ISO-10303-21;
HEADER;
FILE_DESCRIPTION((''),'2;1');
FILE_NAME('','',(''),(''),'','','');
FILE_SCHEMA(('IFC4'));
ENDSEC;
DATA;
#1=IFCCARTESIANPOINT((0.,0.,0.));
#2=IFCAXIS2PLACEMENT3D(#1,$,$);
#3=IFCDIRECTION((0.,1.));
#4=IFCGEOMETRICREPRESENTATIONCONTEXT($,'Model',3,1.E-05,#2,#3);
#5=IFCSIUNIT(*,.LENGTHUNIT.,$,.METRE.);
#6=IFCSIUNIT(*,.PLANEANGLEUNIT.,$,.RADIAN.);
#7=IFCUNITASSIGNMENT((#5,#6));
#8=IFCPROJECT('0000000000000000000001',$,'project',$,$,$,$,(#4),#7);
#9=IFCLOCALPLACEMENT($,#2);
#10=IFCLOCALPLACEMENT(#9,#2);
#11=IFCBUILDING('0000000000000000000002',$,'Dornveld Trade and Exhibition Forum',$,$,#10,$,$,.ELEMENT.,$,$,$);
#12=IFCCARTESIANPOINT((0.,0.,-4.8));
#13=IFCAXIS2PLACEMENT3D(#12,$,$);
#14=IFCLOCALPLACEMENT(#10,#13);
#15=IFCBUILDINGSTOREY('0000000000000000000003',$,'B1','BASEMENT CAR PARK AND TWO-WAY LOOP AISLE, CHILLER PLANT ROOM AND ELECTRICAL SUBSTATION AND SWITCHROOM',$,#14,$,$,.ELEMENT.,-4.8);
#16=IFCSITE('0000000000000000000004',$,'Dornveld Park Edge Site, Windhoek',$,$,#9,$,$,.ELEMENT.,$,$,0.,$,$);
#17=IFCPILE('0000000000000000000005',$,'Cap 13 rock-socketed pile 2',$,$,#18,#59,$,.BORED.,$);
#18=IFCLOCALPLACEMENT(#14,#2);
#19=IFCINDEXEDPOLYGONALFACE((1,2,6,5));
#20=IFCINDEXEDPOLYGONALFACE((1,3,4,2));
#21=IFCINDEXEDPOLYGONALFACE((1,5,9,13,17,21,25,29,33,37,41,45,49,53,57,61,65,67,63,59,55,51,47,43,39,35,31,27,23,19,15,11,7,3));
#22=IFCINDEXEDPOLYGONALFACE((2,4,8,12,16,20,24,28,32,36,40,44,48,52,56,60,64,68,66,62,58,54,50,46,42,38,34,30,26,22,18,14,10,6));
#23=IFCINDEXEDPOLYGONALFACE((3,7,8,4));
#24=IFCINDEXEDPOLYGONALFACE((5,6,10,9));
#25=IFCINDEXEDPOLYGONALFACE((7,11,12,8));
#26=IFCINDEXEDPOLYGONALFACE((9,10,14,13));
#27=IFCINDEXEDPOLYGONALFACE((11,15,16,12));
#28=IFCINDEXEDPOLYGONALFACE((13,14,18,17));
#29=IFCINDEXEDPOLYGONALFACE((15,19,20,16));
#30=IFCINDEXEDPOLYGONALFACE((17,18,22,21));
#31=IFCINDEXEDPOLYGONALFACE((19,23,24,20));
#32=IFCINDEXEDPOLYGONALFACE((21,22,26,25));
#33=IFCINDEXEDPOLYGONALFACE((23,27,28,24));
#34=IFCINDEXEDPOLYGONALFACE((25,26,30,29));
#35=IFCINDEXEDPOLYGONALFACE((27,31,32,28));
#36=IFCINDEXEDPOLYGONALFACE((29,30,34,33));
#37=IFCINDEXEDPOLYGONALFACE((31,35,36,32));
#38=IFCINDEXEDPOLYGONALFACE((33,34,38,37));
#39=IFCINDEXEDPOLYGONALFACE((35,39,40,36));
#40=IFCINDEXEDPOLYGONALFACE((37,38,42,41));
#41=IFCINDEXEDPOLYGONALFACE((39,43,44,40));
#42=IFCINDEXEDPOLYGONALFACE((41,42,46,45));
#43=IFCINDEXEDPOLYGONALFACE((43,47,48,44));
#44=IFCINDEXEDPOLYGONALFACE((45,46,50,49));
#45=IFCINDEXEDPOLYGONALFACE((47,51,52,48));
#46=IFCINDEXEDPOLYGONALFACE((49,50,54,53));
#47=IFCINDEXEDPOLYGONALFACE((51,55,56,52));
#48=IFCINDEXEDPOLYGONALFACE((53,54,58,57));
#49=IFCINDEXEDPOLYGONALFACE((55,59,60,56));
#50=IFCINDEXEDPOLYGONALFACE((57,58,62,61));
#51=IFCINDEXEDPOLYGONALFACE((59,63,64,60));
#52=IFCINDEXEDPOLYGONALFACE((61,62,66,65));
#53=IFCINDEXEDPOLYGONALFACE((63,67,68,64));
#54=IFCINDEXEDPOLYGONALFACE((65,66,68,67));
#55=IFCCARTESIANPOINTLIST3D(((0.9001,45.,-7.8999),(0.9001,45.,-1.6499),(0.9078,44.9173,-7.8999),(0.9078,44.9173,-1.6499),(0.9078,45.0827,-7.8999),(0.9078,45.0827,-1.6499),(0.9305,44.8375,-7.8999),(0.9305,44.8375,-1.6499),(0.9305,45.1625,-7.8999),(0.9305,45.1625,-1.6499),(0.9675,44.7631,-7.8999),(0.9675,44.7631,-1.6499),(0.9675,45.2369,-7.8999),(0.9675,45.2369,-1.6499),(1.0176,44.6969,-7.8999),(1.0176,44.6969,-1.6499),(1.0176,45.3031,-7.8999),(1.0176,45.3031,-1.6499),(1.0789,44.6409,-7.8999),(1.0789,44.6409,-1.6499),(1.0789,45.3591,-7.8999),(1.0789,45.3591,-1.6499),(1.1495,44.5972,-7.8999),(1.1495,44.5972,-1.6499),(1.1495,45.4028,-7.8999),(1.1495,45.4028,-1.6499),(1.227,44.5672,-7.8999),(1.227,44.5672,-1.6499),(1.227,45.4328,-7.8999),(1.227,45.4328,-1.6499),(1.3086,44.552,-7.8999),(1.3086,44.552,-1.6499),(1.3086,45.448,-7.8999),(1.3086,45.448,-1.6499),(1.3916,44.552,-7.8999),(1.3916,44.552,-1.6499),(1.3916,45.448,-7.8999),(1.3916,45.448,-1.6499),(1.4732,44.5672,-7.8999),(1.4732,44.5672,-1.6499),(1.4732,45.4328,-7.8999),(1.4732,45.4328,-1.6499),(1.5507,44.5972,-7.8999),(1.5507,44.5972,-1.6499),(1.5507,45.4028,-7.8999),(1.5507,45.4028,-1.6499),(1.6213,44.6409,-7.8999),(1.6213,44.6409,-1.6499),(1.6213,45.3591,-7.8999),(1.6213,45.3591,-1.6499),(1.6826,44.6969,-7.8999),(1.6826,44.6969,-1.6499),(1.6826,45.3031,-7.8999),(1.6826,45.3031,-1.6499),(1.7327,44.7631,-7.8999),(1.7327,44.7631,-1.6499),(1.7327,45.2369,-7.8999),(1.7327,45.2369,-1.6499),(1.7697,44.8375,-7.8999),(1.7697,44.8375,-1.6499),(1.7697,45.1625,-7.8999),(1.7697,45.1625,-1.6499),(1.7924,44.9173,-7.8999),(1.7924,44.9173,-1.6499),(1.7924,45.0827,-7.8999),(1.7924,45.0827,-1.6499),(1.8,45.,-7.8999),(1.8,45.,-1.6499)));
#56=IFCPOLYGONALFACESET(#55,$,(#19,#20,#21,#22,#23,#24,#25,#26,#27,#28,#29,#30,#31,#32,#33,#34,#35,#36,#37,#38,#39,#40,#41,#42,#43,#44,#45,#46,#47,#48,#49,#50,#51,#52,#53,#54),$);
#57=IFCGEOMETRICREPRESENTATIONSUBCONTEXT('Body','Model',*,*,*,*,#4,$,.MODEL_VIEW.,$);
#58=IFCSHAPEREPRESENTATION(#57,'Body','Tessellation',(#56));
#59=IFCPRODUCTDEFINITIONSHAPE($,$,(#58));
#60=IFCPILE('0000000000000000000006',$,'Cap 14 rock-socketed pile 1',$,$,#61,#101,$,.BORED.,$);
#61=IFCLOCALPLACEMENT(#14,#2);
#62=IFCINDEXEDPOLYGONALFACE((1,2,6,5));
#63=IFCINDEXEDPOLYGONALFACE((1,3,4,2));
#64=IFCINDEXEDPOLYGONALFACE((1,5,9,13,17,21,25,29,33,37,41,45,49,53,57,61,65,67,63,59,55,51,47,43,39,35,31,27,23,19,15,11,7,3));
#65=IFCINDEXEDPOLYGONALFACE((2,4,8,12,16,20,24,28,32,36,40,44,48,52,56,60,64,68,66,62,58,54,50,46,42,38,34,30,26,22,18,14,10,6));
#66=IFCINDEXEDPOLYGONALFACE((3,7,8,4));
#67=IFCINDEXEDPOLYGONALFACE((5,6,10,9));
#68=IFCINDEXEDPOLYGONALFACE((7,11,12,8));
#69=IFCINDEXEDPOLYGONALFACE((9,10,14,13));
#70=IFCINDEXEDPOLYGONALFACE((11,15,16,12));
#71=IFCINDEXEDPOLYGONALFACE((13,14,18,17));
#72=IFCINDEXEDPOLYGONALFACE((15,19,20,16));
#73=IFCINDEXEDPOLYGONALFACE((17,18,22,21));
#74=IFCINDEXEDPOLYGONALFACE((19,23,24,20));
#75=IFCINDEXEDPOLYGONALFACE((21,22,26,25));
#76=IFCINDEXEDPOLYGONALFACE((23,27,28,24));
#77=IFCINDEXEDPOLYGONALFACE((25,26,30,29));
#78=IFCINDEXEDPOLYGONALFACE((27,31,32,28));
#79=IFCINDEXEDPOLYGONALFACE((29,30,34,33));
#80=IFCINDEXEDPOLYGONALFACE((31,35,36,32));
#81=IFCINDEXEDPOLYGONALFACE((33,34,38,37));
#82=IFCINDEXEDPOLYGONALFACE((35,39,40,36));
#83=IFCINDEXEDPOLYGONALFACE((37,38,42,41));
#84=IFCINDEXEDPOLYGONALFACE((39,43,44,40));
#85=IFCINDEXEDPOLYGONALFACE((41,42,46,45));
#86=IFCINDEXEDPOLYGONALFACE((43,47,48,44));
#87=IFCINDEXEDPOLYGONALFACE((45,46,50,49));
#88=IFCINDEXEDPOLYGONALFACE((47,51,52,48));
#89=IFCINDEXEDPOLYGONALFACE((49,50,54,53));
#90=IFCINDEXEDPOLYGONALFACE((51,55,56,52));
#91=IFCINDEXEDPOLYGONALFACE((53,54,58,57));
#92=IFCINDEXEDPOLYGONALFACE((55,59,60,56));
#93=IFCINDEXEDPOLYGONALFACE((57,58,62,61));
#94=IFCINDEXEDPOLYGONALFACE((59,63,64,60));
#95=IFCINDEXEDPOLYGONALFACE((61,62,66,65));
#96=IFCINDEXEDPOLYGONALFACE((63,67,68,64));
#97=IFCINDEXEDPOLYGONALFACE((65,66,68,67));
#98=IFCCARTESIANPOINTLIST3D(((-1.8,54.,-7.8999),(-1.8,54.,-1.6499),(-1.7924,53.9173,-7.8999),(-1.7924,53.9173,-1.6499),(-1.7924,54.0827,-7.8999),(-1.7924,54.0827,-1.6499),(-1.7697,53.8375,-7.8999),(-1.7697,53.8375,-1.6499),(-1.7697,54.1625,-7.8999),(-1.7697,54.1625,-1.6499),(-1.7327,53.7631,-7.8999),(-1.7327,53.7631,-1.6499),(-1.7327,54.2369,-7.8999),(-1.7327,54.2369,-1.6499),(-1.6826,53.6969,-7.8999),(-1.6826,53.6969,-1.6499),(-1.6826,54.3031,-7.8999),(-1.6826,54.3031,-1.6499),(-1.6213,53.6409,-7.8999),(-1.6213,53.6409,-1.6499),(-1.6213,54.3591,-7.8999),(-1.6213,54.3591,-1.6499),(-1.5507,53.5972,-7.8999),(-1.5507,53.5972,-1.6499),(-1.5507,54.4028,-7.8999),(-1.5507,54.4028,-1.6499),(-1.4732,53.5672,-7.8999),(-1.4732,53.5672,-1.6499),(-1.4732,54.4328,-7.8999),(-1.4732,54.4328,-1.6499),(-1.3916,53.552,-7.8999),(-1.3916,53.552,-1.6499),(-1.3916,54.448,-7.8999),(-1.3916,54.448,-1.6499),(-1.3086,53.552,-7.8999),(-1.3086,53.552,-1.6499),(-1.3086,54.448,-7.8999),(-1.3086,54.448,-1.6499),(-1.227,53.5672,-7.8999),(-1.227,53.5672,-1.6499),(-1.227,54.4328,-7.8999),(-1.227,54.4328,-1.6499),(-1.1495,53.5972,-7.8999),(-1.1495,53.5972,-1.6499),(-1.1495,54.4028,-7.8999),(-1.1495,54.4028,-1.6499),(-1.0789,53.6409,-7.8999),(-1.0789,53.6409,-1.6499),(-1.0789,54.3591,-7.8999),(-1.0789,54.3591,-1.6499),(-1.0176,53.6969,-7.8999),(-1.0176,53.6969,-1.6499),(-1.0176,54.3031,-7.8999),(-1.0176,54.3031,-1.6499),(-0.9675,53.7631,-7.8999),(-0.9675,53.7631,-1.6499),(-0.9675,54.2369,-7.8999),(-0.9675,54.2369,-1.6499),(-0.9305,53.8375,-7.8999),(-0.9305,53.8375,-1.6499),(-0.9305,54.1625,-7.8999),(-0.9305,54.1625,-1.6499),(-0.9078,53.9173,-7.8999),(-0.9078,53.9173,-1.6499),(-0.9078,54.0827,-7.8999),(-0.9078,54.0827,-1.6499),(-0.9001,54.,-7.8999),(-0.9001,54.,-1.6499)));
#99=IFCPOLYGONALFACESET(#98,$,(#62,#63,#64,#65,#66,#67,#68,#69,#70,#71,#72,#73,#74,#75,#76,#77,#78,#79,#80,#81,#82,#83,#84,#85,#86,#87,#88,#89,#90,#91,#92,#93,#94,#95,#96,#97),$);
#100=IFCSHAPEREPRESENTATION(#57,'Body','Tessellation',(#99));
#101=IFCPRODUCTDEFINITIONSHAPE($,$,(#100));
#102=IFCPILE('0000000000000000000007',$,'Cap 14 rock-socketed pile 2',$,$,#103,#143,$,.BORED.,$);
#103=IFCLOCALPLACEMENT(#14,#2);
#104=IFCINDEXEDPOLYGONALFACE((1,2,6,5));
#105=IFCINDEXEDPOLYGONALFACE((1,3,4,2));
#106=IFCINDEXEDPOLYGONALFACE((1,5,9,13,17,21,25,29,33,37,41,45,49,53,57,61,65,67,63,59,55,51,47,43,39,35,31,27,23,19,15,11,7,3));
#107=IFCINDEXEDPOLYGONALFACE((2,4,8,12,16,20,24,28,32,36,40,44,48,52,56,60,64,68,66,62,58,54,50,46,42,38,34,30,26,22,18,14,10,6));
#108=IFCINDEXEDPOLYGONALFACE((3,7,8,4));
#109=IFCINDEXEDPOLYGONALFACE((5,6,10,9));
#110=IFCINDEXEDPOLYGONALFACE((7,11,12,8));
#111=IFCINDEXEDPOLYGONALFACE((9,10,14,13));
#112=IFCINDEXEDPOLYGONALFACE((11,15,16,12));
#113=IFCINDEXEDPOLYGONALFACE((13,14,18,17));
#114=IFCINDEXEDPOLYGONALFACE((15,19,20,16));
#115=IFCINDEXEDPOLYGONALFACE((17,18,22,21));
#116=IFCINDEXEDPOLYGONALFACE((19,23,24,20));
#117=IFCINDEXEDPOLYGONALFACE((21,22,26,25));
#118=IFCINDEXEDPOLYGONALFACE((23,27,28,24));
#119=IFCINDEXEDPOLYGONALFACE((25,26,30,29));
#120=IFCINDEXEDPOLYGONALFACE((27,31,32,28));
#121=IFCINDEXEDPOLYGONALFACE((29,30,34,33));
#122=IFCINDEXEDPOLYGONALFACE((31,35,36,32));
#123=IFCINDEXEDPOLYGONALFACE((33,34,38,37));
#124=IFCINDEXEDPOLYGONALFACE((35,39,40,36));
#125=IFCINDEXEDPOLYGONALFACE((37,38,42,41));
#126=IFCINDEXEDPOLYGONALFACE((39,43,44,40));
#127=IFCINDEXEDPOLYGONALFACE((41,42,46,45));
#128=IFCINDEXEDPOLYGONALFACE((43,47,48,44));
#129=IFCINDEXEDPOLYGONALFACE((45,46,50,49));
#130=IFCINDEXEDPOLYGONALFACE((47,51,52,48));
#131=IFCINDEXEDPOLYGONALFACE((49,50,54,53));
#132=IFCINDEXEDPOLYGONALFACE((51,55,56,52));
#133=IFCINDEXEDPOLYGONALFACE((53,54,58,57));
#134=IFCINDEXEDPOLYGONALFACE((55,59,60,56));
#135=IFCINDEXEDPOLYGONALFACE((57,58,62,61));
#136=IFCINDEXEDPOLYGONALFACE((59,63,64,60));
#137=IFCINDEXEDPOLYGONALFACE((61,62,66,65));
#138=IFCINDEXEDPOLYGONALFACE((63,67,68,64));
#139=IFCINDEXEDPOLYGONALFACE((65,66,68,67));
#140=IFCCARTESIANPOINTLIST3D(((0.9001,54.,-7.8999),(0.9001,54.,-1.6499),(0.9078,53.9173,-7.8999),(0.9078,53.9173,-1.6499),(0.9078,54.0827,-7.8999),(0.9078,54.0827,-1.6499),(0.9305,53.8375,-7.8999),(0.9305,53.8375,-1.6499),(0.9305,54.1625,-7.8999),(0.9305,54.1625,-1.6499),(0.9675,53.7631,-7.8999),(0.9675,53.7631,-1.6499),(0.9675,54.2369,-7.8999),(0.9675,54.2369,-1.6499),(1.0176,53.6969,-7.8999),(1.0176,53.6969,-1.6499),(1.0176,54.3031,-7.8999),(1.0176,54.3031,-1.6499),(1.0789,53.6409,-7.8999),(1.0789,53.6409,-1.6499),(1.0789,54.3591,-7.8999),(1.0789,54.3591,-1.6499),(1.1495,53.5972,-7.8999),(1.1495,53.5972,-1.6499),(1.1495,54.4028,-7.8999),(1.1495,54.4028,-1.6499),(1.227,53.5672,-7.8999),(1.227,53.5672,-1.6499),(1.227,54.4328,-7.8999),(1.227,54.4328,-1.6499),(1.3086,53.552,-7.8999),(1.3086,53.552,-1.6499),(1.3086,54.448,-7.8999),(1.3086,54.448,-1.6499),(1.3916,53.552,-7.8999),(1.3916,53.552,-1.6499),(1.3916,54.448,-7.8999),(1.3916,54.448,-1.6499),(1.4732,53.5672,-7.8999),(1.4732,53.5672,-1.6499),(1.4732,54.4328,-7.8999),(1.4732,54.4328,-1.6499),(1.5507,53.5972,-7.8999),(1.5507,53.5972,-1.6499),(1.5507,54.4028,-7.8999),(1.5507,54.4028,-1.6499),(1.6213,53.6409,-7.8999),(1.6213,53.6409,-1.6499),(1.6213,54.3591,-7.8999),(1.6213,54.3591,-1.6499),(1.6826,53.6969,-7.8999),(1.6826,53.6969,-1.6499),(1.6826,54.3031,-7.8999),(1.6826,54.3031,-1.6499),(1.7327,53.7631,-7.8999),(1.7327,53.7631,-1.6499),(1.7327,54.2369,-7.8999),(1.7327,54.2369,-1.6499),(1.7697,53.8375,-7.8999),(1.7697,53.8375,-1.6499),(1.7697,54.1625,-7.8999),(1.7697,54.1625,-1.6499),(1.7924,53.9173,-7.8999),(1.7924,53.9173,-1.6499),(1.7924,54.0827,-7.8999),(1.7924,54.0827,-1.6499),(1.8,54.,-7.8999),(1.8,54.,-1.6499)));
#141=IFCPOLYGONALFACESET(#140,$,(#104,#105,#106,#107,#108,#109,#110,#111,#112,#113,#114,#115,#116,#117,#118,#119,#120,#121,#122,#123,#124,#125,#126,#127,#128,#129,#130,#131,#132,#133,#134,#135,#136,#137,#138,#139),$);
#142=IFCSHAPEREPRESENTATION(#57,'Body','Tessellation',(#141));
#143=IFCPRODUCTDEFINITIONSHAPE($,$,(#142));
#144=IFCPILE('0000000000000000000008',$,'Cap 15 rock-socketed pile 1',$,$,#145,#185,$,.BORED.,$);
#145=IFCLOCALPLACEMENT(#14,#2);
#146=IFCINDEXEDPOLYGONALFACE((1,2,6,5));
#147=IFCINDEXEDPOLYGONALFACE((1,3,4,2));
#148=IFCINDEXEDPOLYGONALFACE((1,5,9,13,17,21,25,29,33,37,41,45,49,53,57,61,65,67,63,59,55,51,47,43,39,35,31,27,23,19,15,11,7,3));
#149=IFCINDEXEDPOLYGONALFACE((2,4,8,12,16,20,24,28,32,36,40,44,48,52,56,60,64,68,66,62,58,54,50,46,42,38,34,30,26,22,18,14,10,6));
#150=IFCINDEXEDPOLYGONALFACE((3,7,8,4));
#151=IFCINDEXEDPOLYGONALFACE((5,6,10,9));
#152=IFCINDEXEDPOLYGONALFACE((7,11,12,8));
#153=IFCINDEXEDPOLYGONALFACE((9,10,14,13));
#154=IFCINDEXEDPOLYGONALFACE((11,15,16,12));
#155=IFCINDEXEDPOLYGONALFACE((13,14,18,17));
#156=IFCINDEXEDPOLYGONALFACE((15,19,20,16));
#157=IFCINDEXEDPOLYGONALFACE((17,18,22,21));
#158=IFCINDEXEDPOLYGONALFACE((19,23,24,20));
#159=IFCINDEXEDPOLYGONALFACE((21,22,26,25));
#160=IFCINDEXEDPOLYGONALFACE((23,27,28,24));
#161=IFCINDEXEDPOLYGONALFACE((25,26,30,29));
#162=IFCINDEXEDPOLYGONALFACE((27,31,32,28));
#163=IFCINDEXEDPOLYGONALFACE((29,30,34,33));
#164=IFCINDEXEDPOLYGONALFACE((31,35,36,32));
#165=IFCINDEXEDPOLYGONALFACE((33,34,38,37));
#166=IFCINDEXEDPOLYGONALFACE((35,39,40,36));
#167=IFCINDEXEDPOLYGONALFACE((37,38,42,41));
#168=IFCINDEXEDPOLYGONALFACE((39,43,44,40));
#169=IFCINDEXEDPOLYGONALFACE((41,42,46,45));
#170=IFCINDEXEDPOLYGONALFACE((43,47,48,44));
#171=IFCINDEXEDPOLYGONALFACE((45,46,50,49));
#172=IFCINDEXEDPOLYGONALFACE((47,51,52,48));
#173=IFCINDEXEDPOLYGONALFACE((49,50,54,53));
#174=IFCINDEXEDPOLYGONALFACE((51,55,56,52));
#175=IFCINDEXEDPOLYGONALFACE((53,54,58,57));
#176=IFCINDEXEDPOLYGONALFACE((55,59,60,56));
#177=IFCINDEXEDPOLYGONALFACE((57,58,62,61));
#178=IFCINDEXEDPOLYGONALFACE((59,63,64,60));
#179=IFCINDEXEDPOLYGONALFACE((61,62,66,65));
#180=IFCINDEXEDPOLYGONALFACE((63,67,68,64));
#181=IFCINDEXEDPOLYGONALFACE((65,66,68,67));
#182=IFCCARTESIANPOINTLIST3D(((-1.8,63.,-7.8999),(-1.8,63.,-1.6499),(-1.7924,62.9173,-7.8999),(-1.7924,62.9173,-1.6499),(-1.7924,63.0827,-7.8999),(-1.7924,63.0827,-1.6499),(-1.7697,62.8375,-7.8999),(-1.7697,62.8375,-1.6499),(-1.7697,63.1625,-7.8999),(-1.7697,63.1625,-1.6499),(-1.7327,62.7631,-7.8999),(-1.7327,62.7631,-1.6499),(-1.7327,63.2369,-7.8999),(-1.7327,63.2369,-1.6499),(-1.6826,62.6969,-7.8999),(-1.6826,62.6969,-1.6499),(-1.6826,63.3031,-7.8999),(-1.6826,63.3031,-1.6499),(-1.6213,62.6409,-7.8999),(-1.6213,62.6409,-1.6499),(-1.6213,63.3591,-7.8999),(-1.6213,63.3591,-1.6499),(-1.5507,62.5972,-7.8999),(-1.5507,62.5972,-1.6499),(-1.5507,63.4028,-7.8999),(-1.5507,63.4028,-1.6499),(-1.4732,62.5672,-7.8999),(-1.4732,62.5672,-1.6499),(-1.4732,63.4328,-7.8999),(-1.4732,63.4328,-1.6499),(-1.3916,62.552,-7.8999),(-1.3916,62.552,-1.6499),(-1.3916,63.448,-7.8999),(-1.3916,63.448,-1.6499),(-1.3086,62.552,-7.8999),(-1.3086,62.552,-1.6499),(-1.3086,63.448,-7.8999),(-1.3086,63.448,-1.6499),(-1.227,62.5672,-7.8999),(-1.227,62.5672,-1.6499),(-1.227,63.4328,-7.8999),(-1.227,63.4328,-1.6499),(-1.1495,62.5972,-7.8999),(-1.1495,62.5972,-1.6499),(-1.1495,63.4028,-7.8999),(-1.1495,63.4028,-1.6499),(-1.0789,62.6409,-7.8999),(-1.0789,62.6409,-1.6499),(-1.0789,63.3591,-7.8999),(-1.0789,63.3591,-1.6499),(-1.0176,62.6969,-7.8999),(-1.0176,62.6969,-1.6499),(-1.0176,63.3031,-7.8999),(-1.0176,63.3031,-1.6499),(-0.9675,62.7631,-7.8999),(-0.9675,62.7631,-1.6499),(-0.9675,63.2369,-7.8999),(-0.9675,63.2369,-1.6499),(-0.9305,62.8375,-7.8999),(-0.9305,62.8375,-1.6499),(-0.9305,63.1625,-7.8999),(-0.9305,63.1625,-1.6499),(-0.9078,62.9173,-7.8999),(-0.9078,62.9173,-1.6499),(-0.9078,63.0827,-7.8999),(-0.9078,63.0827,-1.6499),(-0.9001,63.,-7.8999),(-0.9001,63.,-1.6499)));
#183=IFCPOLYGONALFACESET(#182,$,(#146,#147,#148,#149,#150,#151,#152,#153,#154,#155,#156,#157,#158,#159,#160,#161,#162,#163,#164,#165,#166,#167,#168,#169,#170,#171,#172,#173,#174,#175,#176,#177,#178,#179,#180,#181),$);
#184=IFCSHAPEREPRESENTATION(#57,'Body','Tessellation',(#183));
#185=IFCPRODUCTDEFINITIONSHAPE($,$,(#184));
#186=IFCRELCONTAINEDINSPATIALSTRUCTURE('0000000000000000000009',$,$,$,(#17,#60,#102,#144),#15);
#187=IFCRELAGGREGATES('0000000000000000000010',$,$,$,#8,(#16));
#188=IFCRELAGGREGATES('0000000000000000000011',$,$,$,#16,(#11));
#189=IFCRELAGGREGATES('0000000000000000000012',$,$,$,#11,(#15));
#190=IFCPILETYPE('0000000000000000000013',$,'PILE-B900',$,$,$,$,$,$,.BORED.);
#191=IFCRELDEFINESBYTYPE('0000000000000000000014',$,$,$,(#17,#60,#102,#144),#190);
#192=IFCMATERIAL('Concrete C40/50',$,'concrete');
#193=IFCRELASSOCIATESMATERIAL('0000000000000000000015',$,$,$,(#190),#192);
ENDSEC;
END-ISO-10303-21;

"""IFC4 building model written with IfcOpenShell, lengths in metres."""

from ifc_helpers import new_model, si_unit, direction, frame, origin, origin_2d, place, context, subcontext, project, spatial, circle, extrude, material, material_profile, profile_set, type_object, element, save


model = new_model("IFC4")

# Units and contexts
model_context = context("Model", 3, precision=1e-05, world=origin(), true_north=direction((0.0, 1.0)))
body_context = subcontext(model_context, "Body", "Model", "MODEL_VIEW")
ifc_project = project(units=[si_unit("LENGTHUNIT", "METRE"), si_unit("PLANEANGLEUNIT", "RADIAN")], contexts=[model_context])

# Site, building, storey
site_placement = place(None, origin())
site = spatial("IfcSite", under=ifc_project, at=site_placement, Name="Dornveld Park Edge Site, Windhoek", CompositionType="ELEMENT", RefElevation=0.0)
building_placement = place(site_placement, origin())
building = spatial("IfcBuilding", under=site, at=building_placement, Name="Dornveld Trade and Exhibition Forum", CompositionType="ELEMENT")
storey_placement = place(building_placement, frame((0.0, 0.0, -4.8)))
storey = spatial("IfcBuildingStorey", under=building, at=storey_placement, Name="B1", Description="BASEMENT CAR PARK AND TWO-WAY LOOP AISLE, CHILLER PLANT ROOM AND ELECTRICAL SUBSTATION AND SWITCHROOM", CompositionType="ELEMENT", Elevation=-4.8)

# Piles
ifc_material_1 = material(Name="Concrete C40/50", Category="concrete")
ifc_material_profile_1 = material_profile(ifc_material_1, circle(Radius=0.45, at=origin_2d()), Name="PILE D900")
ifc_profile_set_1 = profile_set([ifc_material_profile_1], Name="Concrete C40/50")
pile_type_1 = type_object("IfcPileType", Name="PILE-B900", PredefinedType="BORED", material=ifc_profile_set_1)
for number, where, z_axis, x_axis, name in (
    (1, (1.3501, 45.0, -1.6499), (0.0, 0.0, -1.0), (1.0, 0.0, 0.0), "Cap 13 rock-socketed pile 2"),
    (2, (-1.3501, 54.0, -1.6499), (0.0, 0.0, -1.0), (1.0, 0.0, 0.0), "Cap 14 rock-socketed pile 1"),
    (3, (1.3501, 54.0, -1.6499), (0.0, 0.0, -1.0), (1.0, 0.0, 0.0), "Cap 14 rock-socketed pile 2"),
    (4, (-1.3501, 63.0, -1.6499), (0.0, 0.0, -1.0), (1.0, 0.0, 0.0), "Cap 15 rock-socketed pile 1"),
):
    element("IfcPile", number, at=place(storey_placement, frame(where, z_axis=z_axis, x_axis=x_axis)), inside=storey, type_object=pile_type_1, Name=name, PredefinedType="BORED", context=body_context, shape_type="SweptSolid", body=[
        extrude(circle(Radius=0.45, at=origin_2d()), origin(), (0.0, 0.0, 1.0), 6.25),
    ])

save(model, "model.ifc")
